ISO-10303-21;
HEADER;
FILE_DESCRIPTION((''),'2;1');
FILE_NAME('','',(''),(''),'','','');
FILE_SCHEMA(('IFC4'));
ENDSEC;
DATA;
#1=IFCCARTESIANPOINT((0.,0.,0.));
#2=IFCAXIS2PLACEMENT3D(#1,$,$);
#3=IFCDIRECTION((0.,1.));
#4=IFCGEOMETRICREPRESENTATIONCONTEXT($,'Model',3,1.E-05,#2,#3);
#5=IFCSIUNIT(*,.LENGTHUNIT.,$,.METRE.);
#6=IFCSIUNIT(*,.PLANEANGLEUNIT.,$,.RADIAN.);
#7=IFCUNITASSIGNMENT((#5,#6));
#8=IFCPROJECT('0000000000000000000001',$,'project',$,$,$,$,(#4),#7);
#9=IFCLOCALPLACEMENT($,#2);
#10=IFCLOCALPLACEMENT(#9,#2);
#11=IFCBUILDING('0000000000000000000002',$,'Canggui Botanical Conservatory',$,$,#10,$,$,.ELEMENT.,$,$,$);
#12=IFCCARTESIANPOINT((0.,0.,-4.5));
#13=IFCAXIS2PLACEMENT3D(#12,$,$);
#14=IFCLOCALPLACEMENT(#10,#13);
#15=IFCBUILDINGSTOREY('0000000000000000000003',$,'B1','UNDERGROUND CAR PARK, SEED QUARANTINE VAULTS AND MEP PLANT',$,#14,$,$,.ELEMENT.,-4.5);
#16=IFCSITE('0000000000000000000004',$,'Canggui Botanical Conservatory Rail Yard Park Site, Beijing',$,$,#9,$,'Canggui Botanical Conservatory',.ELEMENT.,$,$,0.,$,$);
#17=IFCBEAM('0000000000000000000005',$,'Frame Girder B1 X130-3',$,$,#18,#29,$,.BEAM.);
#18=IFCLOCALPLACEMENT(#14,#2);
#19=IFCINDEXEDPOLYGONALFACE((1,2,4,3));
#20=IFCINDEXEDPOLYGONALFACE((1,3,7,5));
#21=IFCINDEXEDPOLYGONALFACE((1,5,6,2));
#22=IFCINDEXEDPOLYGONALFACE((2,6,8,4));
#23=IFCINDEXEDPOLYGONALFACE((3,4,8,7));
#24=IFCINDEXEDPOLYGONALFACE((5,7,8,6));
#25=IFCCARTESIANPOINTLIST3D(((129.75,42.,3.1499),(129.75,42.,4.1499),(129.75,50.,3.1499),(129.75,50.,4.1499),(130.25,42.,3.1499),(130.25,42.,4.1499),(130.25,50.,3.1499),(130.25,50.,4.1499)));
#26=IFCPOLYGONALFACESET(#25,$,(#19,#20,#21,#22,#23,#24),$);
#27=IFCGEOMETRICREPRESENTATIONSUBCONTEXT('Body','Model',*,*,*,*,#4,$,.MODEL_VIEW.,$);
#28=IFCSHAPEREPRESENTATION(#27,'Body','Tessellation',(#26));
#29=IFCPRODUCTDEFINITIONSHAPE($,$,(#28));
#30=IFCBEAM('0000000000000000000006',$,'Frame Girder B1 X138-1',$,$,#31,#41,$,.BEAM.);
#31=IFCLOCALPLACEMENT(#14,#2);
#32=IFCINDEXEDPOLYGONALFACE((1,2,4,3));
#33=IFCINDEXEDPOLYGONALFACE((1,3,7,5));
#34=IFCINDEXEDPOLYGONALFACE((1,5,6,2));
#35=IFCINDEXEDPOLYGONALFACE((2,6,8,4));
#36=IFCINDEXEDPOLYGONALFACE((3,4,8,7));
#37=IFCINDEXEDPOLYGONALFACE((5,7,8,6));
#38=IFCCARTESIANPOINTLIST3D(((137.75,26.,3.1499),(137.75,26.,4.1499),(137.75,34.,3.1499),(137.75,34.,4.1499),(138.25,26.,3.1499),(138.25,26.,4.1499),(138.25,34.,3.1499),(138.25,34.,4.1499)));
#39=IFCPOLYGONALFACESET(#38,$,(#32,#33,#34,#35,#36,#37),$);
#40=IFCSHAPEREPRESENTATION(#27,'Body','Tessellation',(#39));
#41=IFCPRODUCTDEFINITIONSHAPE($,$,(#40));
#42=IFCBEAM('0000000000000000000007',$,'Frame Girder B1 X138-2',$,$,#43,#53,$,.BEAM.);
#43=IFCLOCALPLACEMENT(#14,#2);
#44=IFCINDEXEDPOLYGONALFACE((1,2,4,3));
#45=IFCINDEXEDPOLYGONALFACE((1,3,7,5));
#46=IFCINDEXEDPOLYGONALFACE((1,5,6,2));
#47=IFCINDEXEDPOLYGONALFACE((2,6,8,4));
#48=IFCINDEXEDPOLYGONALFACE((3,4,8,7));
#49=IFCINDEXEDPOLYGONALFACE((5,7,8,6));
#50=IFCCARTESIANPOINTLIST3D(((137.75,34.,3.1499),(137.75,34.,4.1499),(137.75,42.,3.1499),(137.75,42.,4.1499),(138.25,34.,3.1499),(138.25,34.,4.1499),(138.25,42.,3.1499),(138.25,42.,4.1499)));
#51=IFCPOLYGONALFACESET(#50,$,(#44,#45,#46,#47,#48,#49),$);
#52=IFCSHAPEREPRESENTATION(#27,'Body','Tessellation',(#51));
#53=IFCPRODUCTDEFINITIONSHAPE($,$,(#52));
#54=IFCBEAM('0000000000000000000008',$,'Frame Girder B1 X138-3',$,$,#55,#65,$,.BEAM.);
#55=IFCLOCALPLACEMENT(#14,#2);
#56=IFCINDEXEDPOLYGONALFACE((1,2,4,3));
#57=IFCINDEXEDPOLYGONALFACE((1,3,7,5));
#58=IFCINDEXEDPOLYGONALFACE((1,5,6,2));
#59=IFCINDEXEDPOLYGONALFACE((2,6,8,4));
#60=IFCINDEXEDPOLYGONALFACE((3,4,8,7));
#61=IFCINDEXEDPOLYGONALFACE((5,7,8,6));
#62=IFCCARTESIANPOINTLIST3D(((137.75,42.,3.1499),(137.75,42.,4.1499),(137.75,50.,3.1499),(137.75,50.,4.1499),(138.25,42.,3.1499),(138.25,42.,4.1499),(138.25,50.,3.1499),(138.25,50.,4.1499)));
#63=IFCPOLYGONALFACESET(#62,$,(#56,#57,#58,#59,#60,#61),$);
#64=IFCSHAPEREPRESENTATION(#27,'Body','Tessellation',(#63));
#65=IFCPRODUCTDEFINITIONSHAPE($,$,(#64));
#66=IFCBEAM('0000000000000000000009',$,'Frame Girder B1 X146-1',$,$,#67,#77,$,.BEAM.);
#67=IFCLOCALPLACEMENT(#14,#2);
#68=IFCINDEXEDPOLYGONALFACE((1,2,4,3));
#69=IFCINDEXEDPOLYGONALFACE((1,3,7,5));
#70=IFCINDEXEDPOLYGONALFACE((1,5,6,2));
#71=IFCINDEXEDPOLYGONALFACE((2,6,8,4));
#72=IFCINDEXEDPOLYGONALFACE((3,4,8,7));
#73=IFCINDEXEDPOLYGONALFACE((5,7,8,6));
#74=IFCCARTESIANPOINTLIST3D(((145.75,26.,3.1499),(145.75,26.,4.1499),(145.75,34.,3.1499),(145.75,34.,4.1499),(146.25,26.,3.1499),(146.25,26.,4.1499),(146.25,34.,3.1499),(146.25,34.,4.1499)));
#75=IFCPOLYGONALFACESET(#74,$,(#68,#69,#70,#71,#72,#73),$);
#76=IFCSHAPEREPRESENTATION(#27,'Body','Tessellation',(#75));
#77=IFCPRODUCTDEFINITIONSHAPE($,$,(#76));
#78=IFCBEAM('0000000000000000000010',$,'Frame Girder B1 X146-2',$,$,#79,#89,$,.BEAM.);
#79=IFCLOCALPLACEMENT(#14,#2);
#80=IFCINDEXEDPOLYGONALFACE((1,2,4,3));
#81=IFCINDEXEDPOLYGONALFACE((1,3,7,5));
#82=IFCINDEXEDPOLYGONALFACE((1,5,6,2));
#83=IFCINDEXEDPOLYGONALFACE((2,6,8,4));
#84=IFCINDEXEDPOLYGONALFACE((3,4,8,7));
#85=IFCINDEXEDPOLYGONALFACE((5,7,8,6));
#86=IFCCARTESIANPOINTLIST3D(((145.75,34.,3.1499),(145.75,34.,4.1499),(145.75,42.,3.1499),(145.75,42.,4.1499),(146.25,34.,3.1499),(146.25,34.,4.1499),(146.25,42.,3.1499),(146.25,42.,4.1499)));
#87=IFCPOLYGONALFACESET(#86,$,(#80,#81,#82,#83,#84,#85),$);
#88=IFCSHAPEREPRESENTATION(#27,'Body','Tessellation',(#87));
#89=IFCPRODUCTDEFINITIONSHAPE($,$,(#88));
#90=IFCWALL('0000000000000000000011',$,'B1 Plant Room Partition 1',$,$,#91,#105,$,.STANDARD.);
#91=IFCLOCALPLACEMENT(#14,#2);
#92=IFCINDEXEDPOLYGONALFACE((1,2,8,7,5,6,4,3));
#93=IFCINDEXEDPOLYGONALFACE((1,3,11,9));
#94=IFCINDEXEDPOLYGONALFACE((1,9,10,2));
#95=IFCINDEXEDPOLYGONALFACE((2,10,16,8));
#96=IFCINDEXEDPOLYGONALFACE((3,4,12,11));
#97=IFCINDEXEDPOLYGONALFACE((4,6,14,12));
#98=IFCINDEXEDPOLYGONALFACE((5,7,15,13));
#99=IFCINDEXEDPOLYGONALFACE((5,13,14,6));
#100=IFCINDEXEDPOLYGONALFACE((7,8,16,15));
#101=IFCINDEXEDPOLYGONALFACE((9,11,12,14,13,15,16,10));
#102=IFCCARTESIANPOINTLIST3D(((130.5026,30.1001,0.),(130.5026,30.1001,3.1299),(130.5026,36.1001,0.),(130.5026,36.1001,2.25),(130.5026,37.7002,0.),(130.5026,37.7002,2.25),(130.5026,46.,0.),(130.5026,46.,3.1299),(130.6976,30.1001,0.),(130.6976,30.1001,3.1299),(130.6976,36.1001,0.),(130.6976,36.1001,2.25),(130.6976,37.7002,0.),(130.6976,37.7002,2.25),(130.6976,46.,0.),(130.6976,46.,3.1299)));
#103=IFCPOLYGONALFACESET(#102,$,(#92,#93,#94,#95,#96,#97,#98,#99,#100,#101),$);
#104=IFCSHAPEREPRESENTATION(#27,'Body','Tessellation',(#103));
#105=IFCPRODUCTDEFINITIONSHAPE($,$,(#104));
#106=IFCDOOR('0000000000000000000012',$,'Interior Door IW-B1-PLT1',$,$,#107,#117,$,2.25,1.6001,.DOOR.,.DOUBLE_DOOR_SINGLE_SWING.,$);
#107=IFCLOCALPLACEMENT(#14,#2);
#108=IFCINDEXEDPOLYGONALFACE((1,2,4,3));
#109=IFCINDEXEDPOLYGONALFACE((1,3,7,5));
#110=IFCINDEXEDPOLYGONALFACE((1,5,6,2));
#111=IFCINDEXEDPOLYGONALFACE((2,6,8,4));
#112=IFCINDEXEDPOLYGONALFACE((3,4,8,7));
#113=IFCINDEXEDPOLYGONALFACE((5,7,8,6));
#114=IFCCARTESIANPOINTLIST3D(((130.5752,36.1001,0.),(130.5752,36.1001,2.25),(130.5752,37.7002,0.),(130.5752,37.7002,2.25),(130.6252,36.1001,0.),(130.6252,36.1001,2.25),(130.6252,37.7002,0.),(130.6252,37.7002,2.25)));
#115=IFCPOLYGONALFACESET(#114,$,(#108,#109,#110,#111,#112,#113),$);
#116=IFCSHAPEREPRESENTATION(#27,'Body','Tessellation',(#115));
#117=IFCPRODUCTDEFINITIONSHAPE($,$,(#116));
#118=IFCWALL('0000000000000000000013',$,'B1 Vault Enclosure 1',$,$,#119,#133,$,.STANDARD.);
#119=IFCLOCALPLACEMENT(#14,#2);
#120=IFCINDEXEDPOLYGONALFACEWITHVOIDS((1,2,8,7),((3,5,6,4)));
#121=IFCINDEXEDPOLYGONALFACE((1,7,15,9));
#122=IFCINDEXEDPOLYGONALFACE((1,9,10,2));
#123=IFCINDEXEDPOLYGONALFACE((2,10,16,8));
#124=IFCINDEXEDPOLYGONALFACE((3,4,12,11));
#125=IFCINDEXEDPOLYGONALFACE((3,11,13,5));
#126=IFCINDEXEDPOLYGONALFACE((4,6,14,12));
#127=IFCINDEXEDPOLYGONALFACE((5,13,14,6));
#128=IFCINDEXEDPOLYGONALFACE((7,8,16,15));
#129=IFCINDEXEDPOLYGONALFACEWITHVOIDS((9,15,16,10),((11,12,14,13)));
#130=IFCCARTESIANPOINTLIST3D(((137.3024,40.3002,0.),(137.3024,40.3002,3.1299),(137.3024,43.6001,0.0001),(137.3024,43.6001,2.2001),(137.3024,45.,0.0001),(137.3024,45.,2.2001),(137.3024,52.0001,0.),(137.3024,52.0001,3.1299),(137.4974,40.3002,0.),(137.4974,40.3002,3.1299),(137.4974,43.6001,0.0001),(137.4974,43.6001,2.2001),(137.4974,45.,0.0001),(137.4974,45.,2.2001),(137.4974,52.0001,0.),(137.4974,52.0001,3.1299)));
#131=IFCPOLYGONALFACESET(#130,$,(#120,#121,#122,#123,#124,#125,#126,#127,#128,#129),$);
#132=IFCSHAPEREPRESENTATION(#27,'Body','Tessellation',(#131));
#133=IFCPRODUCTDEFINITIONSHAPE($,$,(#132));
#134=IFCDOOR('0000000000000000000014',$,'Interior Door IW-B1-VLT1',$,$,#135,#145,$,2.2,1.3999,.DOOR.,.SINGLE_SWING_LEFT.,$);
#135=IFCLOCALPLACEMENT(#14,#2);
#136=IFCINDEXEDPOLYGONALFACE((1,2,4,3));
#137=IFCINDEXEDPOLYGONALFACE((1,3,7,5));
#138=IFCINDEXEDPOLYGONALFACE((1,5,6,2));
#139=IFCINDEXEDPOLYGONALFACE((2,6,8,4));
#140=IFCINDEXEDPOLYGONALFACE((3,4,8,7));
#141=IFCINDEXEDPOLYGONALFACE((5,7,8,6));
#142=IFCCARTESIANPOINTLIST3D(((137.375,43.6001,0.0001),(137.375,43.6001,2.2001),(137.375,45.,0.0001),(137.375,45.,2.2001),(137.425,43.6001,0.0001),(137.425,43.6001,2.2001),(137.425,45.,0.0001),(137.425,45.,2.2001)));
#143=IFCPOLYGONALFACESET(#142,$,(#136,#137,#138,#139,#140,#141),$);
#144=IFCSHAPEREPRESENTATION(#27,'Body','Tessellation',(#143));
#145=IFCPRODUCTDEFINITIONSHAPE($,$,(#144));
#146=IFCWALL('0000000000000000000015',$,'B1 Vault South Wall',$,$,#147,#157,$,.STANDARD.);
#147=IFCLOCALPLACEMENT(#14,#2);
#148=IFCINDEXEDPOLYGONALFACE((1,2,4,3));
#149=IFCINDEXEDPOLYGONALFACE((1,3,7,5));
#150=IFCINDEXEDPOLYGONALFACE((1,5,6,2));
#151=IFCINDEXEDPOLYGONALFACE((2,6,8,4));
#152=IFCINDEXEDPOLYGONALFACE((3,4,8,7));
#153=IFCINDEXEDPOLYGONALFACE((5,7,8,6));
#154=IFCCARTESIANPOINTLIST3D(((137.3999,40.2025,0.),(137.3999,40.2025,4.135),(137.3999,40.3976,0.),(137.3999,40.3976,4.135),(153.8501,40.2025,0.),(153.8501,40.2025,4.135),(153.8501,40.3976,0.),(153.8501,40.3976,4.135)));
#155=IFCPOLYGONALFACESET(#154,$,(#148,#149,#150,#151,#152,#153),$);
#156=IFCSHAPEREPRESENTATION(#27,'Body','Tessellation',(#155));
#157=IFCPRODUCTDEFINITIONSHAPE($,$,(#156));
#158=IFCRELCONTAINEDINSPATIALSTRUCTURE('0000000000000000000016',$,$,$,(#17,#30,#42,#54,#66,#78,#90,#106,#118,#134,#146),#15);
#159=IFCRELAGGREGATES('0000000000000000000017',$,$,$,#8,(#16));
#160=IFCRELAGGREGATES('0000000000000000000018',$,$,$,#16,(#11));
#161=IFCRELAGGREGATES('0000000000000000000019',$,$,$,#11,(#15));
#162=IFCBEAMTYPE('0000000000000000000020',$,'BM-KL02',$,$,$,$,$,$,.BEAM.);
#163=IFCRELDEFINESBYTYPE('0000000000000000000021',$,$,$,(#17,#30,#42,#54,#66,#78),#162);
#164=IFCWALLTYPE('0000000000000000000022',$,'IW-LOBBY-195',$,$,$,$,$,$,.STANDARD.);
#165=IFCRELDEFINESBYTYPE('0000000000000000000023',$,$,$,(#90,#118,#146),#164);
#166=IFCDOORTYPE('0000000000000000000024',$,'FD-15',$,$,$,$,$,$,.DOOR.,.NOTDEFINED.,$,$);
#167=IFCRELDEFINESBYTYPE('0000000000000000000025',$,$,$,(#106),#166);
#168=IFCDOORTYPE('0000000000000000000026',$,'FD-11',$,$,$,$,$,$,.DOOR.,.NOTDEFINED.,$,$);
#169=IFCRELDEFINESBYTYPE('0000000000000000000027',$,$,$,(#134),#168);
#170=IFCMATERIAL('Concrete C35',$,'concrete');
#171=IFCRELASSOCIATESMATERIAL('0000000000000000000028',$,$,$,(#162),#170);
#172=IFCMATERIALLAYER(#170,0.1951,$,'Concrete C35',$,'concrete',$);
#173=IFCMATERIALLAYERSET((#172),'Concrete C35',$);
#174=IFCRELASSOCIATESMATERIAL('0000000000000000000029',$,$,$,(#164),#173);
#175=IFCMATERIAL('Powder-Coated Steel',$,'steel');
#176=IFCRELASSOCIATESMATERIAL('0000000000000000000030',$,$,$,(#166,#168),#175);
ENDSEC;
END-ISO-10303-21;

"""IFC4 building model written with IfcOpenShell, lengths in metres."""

from ifc_helpers import new_model, si_unit, direction, frame, frame_2d, origin, origin_2d, place, context, subcontext, project, spatial, rectangle, extrude, material, layer, layer_set, material_profile, profile_set, type_object, element, fill, save


model = new_model("IFC4")

# Units and contexts
model_context = context("Model", 3, precision=1e-05, world=origin(), true_north=direction((0.0, 1.0)))
body_context = subcontext(model_context, "Body", "Model", "MODEL_VIEW")
ifc_project = project(units=[si_unit("LENGTHUNIT", "METRE"), si_unit("PLANEANGLEUNIT", "RADIAN")], contexts=[model_context])

# Site, building, storey
site_placement = place(None, origin())
site = spatial("IfcSite", under=ifc_project, at=site_placement, Name="Canggui Botanical Conservatory Rail Yard Park Site, Beijing", LongName="Canggui Botanical Conservatory", CompositionType="ELEMENT", RefElevation=0.0)
building_placement = place(site_placement, origin())
building = spatial("IfcBuilding", under=site, at=building_placement, Name="Canggui Botanical Conservatory", CompositionType="ELEMENT")
storey_placement = place(building_placement, frame((0.0, 0.0, -4.5)))
storey = spatial("IfcBuildingStorey", under=building, at=storey_placement, Name="B1", Description="UNDERGROUND CAR PARK, SEED QUARANTINE VAULTS AND MEP PLANT", CompositionType="ELEMENT", Elevation=-4.5)

# Beams
ifc_material_1 = material(Name="Concrete C35", Category="concrete")
ifc_material_profile_1 = material_profile(ifc_material_1, rectangle(XDim=0.5, YDim=1.0, at=origin_2d()), Name="RB 500x1000")
ifc_profile_set_1 = profile_set([ifc_material_profile_1], Name="Concrete C35")
beam_type_1 = type_object("IfcBeamType", Name="BM-KL02", PredefinedType="BEAM", material=ifc_profile_set_1)
for number, where, z_axis, x_axis, name in (
    (1, (130.0, 42.0, 3.6499), (0.0, 1.0, 0.0), (-1.0, 0.0, 0.0), "Frame Girder B1 X130-3"),
    (2, (138.0, 26.0, 3.6499), (0.0, 1.0, 0.0), (-1.0, 0.0, 0.0), "Frame Girder B1 X138-1"),
    (3, (138.0, 34.0, 3.6499), (0.0, 1.0, 0.0), (-1.0, 0.0, 0.0), "Frame Girder B1 X138-2"),
    (4, (138.0, 42.0, 3.6499), (0.0, 1.0, 0.0), (-1.0, 0.0, 0.0), "Frame Girder B1 X138-3"),
    (5, (146.0, 26.0, 3.6499), (0.0, 1.0, 0.0), (-1.0, 0.0, 0.0), "Frame Girder B1 X146-1"),
    (6, (146.0, 34.0, 3.6499), (0.0, 1.0, 0.0), (-1.0, 0.0, 0.0), "Frame Girder B1 X146-2"),
):
    element("IfcBeam", number, at=place(storey_placement, frame(where, z_axis=z_axis, x_axis=x_axis)), inside=storey, type_object=beam_type_1, Name=name, PredefinedType="BEAM", context=body_context, shape_type="SweptSolid", body=[
        extrude(rectangle(XDim=0.5, YDim=1.0, at=origin_2d()), origin(), (0.0, 0.0, 1.0), 8.0),
    ])

# Walls, openings, doors
ifc_layer = layer(ifc_material_1, 0.1951, Name="Concrete C35", Category="concrete")
ifc_layer_set = layer_set([ifc_layer], Name="Concrete C35")
wall_type = type_object("IfcWallType", Name="IW-LOBBY-195", PredefinedType="STANDARD", material=ifc_layer_set)
wall_1_placement = place(storey_placement, frame((130.6001, 30.1001, 0.0), z_axis=(0.0, 0.0, 1.0), x_axis=(0.0, 1.0, 0.0)))
wall_1 = element("IfcWall", 7, at=wall_1_placement, inside=storey, type_object=wall_type, Name="B1 Plant Room Partition 1", PredefinedType="STANDARD", context=body_context, shape_type="SweptSolid", body=[
    extrude(rectangle(XDim=15.8999, YDim=0.1951, at=frame_2d((7.95, 0.0))), origin(), (0.0, 0.0, 1.0), 3.1299),
])
opening_1_placement = place(wall_1_placement, frame((6.0, 0.0, 0.0)))
opening_1 = element("IfcOpeningElement", 8, at=opening_1_placement, cuts=wall_1, PredefinedType="OPENING", context=body_context, shape_type="SweptSolid", body=[
    extrude(rectangle(XDim=1.6001, YDim=2.25, at=frame_2d((0.8, 1.125))), frame((0.0, 0.1074, 0.0), z_axis=(0.0, -1.0, 0.0), x_axis=(1.0, 0.0, 0.0)), (0.0, 0.0, 1.0), 0.2151),
])
ifc_material_2 = material(Name="Powder-Coated Steel", Category="steel")
door_type_1 = type_object("IfcDoorType", Name="FD-15", OperationType="NOTDEFINED", PredefinedType="DOOR", material=ifc_material_2)
door_1_placement = place(opening_1_placement, origin())
door_1 = element("IfcDoor", 9, at=door_1_placement, inside=storey, type_object=door_type_1, Name="Interior Door IW-B1-PLT1", OperationType="DOUBLE_DOOR_SINGLE_SWING", OverallHeight=2.25, OverallWidth=1.6001, PredefinedType="DOOR", context=body_context, shape_type="SweptSolid", body=[
    extrude(rectangle(XDim=1.6001, YDim=2.25, at=frame_2d((0.8, 1.125))), frame((0.0, 0.0249, 0.0), z_axis=(0.0, -1.0, 0.0), x_axis=(1.0, 0.0, 0.0)), (0.0, 0.0, 1.0), 0.05),
])
fill(opening_1, door_1)
wall_2_placement = place(storey_placement, frame((137.3999, 40.3, 0.0), z_axis=(0.0, 0.0, 1.0), x_axis=(0.0, 1.0, 0.0)))
wall_2 = element("IfcWall", 10, at=wall_2_placement, inside=storey, type_object=wall_type, Name="B1 Vault Enclosure 1", PredefinedType="STANDARD", context=body_context, shape_type="SweptSolid", body=[
    extrude(rectangle(XDim=11.7, YDim=0.1951, at=frame_2d((5.8501, 0.0))), origin(), (0.0, 0.0, 1.0), 3.1299),
])
opening_2_placement = place(wall_2_placement, frame((3.3, 0.0, 0.0)))
opening_2 = element("IfcOpeningElement", 11, at=opening_2_placement, cuts=wall_2, PredefinedType="OPENING", context=body_context, shape_type="SweptSolid", body=[
    extrude(rectangle(XDim=1.3999, YDim=2.2, at=frame_2d((0.7, 1.1001))), frame((0.0, 0.1074, 0.0), z_axis=(0.0, -1.0, 0.0), x_axis=(1.0, 0.0, 0.0)), (0.0, 0.0, 1.0), 0.2151),
])
door_type_2 = type_object("IfcDoorType", Name="FD-11", OperationType="NOTDEFINED", PredefinedType="DOOR", material=ifc_material_2)
door_2_placement = place(opening_2_placement, origin())
door_2 = element("IfcDoor", 12, at=door_2_placement, inside=storey, type_object=door_type_2, Name="Interior Door IW-B1-VLT1", OperationType="SINGLE_SWING_LEFT", OverallHeight=2.2, OverallWidth=1.3999, PredefinedType="DOOR", context=body_context, shape_type="SweptSolid", body=[
    extrude(rectangle(XDim=1.3999, YDim=2.2, at=frame_2d((0.7, 1.1001))), frame((0.0, 0.0249, 0.0), z_axis=(0.0, -1.0, 0.0), x_axis=(1.0, 0.0, 0.0)), (0.0, 0.0, 1.0), 0.05),
])
fill(opening_2, door_2)

# Wall
wall_3_placement = place(storey_placement, frame((137.3999, 40.3, 0.0), z_axis=(0.0, 0.0, 1.0), x_axis=(1.0, 0.0, 0.0)))
element("IfcWall", 13, at=wall_3_placement, inside=storey, type_object=wall_type, Name="B1 Vault South Wall", PredefinedType="STANDARD", context=body_context, shape_type="SweptSolid", body=[
    extrude(rectangle(XDim=16.4502, YDim=0.1951, at=frame_2d((8.2251, 0.0))), origin(), (0.0, 0.0, 1.0), 4.135),
])

save(model, "model.ifc")
